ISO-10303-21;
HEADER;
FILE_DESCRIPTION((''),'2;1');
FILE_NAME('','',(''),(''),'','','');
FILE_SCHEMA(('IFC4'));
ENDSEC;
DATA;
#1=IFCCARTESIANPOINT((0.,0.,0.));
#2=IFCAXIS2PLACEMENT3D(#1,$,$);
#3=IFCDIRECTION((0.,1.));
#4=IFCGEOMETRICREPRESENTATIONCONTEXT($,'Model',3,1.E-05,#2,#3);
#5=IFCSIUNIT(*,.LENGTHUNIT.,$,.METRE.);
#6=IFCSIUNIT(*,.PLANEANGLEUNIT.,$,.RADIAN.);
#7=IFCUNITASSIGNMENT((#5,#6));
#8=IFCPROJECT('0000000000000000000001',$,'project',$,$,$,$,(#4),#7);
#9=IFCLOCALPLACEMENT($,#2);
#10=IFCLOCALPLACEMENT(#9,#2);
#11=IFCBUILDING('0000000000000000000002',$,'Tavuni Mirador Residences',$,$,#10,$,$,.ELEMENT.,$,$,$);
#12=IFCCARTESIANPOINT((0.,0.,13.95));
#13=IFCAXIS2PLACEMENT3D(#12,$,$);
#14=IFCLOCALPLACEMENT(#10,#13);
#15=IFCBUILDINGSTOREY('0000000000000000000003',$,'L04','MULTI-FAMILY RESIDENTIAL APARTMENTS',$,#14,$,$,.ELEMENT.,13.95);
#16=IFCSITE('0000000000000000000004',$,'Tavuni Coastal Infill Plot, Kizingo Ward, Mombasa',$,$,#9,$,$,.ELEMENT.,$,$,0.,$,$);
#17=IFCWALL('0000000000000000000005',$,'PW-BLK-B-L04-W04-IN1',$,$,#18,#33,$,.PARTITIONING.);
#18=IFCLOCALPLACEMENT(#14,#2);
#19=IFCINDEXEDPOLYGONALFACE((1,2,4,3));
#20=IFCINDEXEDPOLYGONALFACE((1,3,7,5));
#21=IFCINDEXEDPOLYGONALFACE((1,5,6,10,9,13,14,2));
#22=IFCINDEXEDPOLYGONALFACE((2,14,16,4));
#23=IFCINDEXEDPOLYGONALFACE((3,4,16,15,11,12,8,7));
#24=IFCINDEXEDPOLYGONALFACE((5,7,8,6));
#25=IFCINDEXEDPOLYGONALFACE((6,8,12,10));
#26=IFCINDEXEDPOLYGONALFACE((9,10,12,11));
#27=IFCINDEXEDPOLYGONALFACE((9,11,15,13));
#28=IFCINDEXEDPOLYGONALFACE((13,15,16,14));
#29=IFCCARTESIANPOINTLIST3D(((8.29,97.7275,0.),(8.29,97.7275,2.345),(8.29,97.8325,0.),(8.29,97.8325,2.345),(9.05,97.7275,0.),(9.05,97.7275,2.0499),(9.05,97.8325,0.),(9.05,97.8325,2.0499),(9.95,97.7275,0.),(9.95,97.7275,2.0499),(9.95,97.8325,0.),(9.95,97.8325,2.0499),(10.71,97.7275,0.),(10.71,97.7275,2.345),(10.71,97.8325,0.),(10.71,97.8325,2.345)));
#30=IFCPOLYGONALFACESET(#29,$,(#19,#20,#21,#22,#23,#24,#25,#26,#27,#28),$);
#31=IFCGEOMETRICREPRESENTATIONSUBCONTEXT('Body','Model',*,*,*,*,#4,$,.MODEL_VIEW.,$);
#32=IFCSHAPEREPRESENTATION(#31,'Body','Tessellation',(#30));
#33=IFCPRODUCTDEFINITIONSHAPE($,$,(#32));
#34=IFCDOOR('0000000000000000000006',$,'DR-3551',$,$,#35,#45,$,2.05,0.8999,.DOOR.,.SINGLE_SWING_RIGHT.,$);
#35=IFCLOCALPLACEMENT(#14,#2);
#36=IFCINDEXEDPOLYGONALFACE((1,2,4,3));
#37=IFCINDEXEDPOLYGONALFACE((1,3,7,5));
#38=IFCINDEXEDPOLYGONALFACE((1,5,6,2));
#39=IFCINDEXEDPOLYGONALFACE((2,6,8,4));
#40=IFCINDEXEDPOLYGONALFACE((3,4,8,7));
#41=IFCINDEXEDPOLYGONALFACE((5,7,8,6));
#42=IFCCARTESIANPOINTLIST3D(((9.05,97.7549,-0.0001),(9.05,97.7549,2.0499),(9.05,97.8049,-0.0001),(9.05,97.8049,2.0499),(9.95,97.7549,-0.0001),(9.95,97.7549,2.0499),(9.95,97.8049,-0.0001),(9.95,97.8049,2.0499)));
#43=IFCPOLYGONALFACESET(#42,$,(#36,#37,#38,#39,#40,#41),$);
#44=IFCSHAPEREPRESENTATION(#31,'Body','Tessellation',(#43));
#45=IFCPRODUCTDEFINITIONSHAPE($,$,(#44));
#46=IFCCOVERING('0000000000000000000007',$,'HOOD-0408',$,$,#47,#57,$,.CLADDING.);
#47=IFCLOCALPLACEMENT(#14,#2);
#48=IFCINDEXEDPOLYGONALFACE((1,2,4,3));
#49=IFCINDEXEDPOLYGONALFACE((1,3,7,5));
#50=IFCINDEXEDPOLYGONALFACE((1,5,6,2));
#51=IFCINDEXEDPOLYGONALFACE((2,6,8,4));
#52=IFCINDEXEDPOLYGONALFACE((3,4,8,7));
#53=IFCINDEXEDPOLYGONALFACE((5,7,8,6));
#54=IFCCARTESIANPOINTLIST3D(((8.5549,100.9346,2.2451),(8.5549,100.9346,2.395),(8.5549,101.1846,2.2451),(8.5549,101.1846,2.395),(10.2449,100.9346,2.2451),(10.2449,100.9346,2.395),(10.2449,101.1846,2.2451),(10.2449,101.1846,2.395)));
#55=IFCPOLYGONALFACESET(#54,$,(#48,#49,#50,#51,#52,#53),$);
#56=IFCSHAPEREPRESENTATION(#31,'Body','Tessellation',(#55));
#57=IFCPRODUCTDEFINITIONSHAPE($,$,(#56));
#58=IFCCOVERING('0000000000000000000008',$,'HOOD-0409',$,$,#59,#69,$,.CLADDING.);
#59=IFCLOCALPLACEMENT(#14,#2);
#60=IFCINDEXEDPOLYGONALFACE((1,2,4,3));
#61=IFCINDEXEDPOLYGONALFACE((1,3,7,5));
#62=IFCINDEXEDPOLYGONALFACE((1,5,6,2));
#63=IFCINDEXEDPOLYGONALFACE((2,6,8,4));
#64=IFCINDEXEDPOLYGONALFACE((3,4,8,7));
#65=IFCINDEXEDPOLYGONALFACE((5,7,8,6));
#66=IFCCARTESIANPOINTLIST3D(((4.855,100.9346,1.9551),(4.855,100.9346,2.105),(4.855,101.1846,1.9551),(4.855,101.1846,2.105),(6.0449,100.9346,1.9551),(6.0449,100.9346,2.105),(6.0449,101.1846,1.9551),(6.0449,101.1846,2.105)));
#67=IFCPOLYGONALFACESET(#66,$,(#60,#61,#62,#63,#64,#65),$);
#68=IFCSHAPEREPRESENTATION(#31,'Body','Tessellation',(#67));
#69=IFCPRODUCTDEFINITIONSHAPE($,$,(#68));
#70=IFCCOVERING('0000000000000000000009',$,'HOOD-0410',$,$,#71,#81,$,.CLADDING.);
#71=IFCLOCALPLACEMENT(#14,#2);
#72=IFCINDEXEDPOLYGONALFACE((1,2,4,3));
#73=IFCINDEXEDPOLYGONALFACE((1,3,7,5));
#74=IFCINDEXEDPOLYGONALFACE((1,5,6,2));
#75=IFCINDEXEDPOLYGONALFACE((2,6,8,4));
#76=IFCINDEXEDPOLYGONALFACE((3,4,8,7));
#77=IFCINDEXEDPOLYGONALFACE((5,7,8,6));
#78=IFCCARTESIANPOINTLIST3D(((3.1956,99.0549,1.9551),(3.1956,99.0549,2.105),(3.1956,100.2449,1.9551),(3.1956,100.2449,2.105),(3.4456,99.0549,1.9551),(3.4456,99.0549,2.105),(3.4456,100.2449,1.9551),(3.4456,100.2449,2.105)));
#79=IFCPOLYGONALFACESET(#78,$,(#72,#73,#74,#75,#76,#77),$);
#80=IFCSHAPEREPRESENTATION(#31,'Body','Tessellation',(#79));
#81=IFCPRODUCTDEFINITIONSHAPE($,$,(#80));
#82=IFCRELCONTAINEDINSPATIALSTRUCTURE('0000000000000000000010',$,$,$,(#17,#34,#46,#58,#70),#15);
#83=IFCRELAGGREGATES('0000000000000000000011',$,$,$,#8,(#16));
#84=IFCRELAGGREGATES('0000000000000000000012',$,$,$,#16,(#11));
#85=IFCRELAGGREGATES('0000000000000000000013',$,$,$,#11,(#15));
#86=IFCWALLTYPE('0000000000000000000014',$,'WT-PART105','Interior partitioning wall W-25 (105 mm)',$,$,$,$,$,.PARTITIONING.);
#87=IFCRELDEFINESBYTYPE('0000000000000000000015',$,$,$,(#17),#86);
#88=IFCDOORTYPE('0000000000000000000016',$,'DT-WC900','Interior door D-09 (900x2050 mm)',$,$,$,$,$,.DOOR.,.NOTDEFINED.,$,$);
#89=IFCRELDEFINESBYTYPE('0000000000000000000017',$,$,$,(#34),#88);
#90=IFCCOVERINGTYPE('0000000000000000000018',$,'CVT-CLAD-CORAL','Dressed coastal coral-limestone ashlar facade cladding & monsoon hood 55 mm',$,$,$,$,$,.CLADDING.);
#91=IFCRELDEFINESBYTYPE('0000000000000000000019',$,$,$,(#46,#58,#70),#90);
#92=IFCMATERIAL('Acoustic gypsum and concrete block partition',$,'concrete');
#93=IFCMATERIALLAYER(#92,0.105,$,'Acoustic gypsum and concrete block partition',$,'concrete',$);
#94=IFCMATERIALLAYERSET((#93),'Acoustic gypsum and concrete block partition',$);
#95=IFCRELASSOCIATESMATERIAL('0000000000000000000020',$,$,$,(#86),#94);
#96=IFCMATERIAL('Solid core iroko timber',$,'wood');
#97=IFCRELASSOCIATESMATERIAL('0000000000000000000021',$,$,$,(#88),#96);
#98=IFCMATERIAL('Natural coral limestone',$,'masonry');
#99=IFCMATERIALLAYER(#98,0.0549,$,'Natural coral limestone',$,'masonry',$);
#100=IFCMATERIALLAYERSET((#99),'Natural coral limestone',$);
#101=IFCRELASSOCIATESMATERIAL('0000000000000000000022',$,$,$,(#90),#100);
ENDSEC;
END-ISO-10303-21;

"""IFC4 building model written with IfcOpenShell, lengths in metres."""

from ifc_helpers import new_model, si_unit, direction, frame, frame_2d, origin, origin_2d, place, context, subcontext, project, spatial, rectangle, extrude, material, layer, layer_set, type_object, element, fill, save


model = new_model("IFC4")

# Units and contexts
model_context = context("Model", 3, precision=1e-05, world=origin(), true_north=direction((0.0, 1.0)))
body_context = subcontext(model_context, "Body", "Model", "MODEL_VIEW")
ifc_project = project(units=[si_unit("LENGTHUNIT", "METRE"), si_unit("PLANEANGLEUNIT", "RADIAN")], contexts=[model_context])

# Site, building, storey
site_placement = place(None, origin())
site = spatial("IfcSite", under=ifc_project, at=site_placement, Name="Tavuni Coastal Infill Plot, Kizingo Ward, Mombasa", CompositionType="ELEMENT", RefElevation=0.0)
building_placement = place(site_placement, origin())
building = spatial("IfcBuilding", under=site, at=building_placement, Name="Tavuni Mirador Residences", CompositionType="ELEMENT")
storey_placement = place(building_placement, frame((0.0, 0.0, 13.95)))
storey = spatial("IfcBuildingStorey", under=building, at=storey_placement, Name="L04", Description="MULTI-FAMILY RESIDENTIAL APARTMENTS", CompositionType="ELEMENT", Elevation=13.95)

# Wall, opening, door
ifc_material_1 = material(Name="Acoustic gypsum and concrete block partition", Category="concrete")
ifc_layer_1 = layer(ifc_material_1, 0.105, Name="Acoustic gypsum and concrete block partition", Category="concrete")
ifc_layer_set_1 = layer_set([ifc_layer_1], Name="Acoustic gypsum and concrete block partition")
wall_type_1 = type_object("IfcWallType", Name="WT-PART105", Description="Interior partitioning wall W-25 (105 mm)", PredefinedType="PARTITIONING", material=ifc_layer_set_1)
wall_1_placement = place(storey_placement, frame((8.29, 97.78, 0.0), z_axis=(0.0, 0.0, 1.0), x_axis=(1.0, 0.0, 0.0)))
wall_1 = element("IfcWall", 1, at=wall_1_placement, inside=storey, type_object=wall_type_1, Name="PW-BLK-B-L04-W04-IN1", PredefinedType="PARTITIONING", context=body_context, shape_type="SweptSolid", body=[
    extrude(rectangle(XDim=2.4199, YDim=0.105, at=frame_2d((1.21, 0.0))), origin(), (0.0, 0.0, 1.0), 2.345),
])
opening_1_placement = place(wall_1_placement, frame((0.76, 0.0, 0.0)))
opening_1 = element("IfcOpeningElement", 2, at=opening_1_placement, cuts=wall_1, PredefinedType="OPENING", context=body_context, shape_type="SweptSolid", body=[
    extrude(rectangle(XDim=0.8999, YDim=2.05, at=frame_2d((0.45, 1.0249))), frame((0.0, 0.0625, 0.0), z_axis=(0.0, -1.0, 0.0), x_axis=(1.0, 0.0, 0.0)), (0.0, 0.0, 1.0), 0.125),
])
ifc_material_2 = material(Name="Solid core iroko timber", Category="wood")
door_type = type_object("IfcDoorType", Name="DT-WC900", Description="Interior door D-09 (900x2050 mm)", OperationType="NOTDEFINED", PredefinedType="DOOR", material=ifc_material_2)
door_placement = place(opening_1_placement, origin())
door = element("IfcDoor", 3, at=door_placement, inside=storey, type_object=door_type, Name="DR-3551", OperationType="SINGLE_SWING_RIGHT", OverallHeight=2.05, OverallWidth=0.8999, PredefinedType="DOOR", context=body_context, shape_type="SweptSolid", body=[
    extrude(rectangle(XDim=0.8999, YDim=2.05, at=frame_2d((0.45, 1.0249))), frame((0.0, 0.0249, 0.0), z_axis=(0.0, -1.0, 0.0), x_axis=(1.0, 0.0, 0.0)), (0.0, 0.0, 1.0), 0.05),
])
fill(opening_1, door)

# Coverings
ifc_material_3 = material(Name="Natural coral limestone", Category="masonry")
ifc_layer_2 = layer(ifc_material_3, 0.0549, Name="Natural coral limestone", Category="masonry")
ifc_layer_set_2 = layer_set([ifc_layer_2], Name="Natural coral limestone")
covering_type = type_object("IfcCoveringType", Name="CVT-CLAD-CORAL", Description="Dressed coastal coral-limestone ashlar facade cladding & monsoon hood 55 mm", PredefinedType="CLADDING", material=ifc_layer_set_2)
covering_placement = place(storey_placement, frame((9.3999, 101.0596, 2.2451), z_axis=(0.0, 0.0, 1.0), x_axis=(-1.0, 0.0, 0.0)))
element("IfcCovering", 4, at=covering_placement, inside=storey, type_object=covering_type, Name="HOOD-0408", PredefinedType="CLADDING", context=body_context, shape_type="SweptSolid", body=[
    extrude(rectangle(XDim=1.6899, YDim=0.25, at=origin_2d()), origin(), (0.0, 0.0, 1.0), 0.1499),
])
for number, where, z_axis, x_axis, name in (
    (5, (5.45, 101.0596, 1.9551), (0.0, 0.0, 1.0), (-1.0, 0.0, 0.0), "HOOD-0409"),
    (6, (3.3206, 99.6499, 1.9551), (0.0, 0.0, 1.0), (0.0, -1.0, 0.0), "HOOD-0410"),
):
    element("IfcCovering", number, at=place(storey_placement, frame(where, z_axis=z_axis, x_axis=x_axis)), inside=storey, type_object=covering_type, Name=name, PredefinedType="CLADDING", context=body_context, shape_type="SweptSolid", body=[
        extrude(rectangle(XDim=1.1899, YDim=0.25, at=origin_2d()), origin(), (0.0, 0.0, 1.0), 0.1499),
    ])

save(model, "model.ifc")
